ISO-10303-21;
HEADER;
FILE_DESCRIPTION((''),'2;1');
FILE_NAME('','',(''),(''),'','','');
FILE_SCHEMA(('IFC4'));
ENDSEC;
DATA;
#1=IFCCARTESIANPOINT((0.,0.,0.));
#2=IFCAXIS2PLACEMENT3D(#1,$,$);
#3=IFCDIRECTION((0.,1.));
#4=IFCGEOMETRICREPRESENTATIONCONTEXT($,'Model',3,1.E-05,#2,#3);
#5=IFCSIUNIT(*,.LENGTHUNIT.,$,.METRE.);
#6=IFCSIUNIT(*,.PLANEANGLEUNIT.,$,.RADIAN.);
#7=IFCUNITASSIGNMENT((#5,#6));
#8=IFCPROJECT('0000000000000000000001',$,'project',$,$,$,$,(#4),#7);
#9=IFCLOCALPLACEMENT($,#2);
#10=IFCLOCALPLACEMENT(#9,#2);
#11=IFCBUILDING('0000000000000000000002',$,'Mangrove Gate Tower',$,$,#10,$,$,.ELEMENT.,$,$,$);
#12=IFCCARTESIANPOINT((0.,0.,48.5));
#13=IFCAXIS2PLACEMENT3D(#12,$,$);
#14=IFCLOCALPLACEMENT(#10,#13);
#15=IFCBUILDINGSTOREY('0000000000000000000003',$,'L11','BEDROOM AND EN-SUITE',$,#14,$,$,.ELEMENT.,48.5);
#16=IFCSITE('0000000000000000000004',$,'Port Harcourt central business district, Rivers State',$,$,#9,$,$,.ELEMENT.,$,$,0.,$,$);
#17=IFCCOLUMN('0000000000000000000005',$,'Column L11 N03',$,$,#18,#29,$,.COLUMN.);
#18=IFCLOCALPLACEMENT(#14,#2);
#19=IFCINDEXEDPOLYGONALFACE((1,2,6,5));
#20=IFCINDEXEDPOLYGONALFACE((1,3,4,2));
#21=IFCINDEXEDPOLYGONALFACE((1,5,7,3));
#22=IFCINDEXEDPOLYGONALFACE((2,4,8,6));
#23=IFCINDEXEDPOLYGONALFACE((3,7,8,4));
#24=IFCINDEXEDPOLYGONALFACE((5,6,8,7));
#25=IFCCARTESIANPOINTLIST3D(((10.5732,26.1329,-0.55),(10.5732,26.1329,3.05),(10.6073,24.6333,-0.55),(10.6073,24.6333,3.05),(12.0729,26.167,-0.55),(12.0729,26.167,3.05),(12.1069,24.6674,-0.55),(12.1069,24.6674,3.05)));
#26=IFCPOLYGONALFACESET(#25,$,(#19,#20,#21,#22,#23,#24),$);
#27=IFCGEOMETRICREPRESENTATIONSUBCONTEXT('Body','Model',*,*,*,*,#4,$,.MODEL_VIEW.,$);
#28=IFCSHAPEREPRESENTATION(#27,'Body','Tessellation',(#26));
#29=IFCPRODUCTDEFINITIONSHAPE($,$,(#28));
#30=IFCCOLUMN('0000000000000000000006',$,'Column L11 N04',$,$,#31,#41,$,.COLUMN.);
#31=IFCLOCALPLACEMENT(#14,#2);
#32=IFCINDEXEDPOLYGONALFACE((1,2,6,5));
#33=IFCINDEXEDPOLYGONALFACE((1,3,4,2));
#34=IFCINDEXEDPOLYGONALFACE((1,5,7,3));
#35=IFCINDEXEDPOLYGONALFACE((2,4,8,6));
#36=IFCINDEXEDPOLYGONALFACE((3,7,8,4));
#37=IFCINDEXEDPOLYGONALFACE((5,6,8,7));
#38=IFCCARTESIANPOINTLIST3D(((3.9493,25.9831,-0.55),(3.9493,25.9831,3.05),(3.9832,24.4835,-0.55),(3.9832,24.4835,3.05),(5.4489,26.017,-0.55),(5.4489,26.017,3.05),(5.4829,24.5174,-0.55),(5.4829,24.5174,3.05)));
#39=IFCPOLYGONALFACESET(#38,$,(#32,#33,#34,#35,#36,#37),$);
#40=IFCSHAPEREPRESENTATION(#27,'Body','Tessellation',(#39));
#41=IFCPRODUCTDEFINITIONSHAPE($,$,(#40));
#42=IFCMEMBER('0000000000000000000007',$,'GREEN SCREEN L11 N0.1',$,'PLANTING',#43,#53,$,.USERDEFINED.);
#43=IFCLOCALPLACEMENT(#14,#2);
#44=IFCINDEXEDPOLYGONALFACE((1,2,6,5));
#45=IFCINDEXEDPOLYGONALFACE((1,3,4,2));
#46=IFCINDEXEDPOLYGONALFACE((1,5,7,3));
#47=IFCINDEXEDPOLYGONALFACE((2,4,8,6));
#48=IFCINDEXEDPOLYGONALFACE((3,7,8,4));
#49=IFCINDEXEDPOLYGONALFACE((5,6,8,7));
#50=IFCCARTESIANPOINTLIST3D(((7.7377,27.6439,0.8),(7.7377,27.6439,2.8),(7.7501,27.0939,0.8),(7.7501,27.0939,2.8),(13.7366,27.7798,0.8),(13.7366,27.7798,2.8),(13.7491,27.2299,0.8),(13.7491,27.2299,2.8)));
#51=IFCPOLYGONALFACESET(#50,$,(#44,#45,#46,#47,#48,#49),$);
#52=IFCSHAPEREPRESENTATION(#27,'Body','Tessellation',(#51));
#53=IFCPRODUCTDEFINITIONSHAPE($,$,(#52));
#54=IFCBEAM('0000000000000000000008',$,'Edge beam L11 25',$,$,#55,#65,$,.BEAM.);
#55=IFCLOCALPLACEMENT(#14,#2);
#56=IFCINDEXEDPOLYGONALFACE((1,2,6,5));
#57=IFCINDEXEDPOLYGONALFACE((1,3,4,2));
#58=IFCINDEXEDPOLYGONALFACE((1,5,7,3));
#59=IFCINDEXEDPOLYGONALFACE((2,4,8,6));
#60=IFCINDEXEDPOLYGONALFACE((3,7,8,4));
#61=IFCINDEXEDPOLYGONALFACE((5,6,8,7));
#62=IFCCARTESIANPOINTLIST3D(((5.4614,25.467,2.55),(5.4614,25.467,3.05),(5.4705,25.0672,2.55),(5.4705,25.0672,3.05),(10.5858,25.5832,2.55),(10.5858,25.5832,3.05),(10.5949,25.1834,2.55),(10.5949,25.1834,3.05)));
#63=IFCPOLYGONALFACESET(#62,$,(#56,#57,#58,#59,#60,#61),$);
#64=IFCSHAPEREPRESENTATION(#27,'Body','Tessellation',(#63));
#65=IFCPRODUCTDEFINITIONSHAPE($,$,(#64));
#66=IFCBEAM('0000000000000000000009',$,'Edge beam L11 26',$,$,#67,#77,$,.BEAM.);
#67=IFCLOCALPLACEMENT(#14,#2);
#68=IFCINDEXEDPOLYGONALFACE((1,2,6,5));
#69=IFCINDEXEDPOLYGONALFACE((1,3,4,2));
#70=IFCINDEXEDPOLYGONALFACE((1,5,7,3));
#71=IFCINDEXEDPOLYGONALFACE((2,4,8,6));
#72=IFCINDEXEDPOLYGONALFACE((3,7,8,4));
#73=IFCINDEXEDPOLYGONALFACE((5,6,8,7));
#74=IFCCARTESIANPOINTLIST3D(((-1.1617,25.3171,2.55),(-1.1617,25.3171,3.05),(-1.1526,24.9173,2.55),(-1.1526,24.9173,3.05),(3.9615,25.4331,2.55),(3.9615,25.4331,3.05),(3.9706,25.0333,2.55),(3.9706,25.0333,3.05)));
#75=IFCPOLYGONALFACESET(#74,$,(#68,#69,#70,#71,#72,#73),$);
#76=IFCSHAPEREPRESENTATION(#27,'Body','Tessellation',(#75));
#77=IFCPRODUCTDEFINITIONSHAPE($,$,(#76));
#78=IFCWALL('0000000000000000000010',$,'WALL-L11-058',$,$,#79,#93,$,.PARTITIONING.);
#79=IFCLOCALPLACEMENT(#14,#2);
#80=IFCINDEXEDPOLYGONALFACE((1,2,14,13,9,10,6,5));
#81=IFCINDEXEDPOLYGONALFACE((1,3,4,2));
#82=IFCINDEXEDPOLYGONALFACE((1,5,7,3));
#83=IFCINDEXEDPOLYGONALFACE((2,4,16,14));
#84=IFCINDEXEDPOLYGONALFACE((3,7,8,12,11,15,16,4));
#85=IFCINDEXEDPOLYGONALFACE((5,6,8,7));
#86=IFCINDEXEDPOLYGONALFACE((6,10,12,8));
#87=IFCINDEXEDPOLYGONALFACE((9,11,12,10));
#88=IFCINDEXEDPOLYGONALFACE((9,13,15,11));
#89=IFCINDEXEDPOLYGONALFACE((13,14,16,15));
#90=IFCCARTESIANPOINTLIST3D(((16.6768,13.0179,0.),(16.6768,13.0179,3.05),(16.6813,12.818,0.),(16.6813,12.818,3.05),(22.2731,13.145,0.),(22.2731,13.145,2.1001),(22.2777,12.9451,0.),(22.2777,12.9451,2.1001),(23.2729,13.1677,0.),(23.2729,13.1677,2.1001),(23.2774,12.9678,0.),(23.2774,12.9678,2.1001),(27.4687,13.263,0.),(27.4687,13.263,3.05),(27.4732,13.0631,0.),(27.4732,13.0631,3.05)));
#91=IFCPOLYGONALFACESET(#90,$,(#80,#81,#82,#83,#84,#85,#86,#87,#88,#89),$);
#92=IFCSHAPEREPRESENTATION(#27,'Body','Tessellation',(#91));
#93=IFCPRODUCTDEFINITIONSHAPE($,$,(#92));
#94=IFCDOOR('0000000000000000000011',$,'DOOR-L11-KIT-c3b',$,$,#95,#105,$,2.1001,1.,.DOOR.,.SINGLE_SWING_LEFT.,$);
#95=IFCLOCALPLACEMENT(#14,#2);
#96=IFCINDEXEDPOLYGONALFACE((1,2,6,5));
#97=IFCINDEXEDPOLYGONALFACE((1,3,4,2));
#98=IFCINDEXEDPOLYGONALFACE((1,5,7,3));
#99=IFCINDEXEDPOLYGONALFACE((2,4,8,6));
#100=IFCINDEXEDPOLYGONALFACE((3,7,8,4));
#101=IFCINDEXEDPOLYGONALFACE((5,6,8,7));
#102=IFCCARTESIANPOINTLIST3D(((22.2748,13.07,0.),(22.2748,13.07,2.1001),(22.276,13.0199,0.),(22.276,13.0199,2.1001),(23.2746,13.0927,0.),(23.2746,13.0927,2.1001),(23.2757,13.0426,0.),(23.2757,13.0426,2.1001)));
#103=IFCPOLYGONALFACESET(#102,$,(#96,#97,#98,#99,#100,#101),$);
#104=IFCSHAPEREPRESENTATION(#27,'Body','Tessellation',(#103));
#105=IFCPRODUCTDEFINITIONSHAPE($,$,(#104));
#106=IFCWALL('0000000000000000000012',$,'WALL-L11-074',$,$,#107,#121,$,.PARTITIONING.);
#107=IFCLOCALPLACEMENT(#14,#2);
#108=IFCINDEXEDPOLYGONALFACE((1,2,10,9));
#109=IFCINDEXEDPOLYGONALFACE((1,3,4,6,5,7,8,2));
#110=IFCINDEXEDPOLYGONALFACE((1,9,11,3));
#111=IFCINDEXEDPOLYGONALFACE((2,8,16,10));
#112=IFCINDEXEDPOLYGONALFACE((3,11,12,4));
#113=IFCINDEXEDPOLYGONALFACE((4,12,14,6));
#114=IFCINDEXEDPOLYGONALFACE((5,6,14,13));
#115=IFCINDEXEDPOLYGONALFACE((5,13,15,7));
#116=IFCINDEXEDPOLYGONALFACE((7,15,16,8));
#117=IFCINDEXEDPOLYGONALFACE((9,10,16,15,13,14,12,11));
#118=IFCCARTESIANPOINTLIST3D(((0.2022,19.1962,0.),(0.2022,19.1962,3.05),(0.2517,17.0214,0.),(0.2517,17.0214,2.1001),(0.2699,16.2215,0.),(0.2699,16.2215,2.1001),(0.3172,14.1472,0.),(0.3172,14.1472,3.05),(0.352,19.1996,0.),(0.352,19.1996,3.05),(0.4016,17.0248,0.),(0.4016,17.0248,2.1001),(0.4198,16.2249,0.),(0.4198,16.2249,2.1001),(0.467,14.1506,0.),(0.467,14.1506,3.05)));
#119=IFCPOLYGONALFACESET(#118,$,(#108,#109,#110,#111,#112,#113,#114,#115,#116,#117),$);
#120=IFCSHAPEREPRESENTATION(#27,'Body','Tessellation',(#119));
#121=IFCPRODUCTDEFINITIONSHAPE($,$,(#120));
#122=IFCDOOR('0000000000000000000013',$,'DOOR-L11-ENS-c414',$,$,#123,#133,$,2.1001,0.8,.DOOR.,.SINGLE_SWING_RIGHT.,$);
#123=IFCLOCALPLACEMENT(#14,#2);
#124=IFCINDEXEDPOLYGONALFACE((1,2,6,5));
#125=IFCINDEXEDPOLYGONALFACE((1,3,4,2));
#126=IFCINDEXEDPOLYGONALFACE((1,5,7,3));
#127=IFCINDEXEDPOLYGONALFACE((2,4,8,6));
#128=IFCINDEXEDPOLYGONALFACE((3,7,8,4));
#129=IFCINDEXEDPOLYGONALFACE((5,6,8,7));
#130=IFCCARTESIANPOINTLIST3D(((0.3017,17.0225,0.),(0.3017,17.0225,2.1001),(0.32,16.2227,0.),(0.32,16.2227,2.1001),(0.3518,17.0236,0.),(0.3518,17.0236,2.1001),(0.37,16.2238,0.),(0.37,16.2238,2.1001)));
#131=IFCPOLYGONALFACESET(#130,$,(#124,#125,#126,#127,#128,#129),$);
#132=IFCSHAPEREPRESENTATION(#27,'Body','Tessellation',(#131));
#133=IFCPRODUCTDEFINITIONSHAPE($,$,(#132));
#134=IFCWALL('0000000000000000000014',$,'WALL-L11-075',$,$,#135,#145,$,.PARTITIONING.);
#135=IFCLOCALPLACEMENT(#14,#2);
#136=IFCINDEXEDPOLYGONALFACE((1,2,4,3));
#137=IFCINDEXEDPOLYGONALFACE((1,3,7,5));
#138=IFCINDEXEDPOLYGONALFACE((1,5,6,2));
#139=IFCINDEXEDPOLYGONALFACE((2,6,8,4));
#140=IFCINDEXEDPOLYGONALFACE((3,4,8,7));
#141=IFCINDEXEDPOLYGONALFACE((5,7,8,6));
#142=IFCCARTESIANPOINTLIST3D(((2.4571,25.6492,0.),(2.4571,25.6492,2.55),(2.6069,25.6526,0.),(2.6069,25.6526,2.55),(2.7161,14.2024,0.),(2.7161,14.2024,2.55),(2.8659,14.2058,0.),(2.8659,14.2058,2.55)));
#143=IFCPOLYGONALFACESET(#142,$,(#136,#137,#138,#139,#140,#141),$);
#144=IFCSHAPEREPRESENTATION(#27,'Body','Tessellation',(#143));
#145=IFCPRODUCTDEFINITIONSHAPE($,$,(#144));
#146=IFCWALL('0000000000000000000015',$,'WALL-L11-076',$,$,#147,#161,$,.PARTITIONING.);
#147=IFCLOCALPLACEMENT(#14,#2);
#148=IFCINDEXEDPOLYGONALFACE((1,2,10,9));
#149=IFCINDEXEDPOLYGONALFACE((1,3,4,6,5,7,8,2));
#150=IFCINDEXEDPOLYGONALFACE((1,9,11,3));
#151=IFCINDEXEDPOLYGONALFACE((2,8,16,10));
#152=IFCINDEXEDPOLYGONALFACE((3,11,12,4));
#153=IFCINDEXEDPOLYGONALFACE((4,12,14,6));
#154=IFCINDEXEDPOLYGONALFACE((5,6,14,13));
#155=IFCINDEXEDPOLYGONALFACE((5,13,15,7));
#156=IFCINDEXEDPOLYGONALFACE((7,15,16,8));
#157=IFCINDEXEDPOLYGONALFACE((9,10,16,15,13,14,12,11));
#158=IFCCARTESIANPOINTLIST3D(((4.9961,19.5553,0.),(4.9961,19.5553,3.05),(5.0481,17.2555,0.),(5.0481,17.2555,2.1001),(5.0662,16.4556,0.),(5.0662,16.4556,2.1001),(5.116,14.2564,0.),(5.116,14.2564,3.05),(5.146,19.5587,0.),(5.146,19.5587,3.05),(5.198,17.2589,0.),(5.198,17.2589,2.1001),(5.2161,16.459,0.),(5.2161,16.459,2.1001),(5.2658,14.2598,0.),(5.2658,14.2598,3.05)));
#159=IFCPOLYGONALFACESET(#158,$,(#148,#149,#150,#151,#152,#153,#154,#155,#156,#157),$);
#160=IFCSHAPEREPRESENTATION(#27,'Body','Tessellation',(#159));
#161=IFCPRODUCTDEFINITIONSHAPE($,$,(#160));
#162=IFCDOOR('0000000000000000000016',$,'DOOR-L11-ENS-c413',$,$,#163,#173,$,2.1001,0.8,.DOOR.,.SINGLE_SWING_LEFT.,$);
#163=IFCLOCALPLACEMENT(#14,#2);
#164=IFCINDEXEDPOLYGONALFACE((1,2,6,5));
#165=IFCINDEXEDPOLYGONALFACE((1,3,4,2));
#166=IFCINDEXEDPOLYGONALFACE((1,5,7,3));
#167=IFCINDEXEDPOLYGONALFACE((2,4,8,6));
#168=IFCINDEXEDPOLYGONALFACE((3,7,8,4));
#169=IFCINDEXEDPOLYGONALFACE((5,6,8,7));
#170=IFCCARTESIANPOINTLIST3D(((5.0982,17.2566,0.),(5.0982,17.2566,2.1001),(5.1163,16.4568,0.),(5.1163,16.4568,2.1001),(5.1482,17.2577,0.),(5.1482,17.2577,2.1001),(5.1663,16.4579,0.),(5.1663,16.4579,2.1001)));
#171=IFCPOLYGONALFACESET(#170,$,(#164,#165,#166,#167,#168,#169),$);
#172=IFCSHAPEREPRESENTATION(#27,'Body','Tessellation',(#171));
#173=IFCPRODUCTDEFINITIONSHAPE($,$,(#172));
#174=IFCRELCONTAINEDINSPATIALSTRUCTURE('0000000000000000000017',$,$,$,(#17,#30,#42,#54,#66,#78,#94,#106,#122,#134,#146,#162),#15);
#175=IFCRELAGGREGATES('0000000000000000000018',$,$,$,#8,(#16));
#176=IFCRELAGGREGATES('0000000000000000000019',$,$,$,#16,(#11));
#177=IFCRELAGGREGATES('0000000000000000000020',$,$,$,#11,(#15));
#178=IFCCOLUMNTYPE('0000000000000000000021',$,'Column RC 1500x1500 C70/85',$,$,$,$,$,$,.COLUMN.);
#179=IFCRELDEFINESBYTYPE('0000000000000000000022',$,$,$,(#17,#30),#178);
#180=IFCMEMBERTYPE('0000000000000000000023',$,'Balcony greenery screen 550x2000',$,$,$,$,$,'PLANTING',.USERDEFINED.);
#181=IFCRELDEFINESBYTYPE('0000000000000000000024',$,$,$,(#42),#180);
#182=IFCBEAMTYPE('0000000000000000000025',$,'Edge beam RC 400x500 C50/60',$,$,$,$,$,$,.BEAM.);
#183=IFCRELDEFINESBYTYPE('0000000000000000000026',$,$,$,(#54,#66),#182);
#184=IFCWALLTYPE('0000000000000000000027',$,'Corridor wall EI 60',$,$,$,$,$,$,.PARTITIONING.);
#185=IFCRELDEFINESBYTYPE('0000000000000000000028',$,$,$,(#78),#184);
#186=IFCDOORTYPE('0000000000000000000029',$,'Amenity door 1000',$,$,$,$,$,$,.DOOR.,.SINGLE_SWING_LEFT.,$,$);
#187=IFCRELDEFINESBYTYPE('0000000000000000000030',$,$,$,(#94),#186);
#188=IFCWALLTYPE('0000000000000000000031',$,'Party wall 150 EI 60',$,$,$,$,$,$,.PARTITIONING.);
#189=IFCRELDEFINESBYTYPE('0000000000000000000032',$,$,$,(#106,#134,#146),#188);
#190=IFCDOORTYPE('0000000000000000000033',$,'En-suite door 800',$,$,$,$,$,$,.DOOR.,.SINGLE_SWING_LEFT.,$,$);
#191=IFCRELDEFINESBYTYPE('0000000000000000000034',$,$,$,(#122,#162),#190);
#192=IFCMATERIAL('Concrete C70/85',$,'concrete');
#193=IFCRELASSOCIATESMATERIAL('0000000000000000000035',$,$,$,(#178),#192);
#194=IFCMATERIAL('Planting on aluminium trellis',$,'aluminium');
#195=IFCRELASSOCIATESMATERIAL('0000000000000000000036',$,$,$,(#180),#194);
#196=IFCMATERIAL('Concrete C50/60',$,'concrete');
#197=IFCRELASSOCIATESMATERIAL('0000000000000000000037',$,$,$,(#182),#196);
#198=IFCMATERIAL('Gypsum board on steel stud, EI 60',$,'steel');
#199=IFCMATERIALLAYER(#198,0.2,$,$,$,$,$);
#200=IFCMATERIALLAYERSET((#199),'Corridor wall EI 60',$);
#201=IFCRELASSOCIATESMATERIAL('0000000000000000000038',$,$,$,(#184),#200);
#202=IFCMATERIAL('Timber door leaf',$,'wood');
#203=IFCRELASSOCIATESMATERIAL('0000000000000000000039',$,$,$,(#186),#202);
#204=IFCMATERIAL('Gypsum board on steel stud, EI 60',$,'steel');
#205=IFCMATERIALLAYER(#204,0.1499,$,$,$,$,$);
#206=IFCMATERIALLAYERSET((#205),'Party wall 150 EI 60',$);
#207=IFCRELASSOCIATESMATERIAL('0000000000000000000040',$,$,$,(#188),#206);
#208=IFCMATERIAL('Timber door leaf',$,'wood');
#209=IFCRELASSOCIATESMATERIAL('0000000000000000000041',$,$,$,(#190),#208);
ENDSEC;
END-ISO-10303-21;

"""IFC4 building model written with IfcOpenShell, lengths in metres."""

from ifc_helpers import new_model, si_unit, direction, frame, frame_2d, origin, origin_2d, place, context, subcontext, project, spatial, rectangle, extrude, material, layer, layer_set, material_profile, profile_set, type_object, element, fill, save


model = new_model("IFC4")

# Units and contexts
model_context = context("Model", 3, precision=1e-05, world=origin(), true_north=direction((0.0, 1.0)))
body_context = subcontext(model_context, "Body", "Model", "MODEL_VIEW")
ifc_project = project(units=[si_unit("LENGTHUNIT", "METRE"), si_unit("PLANEANGLEUNIT", "RADIAN")], contexts=[model_context])

# Site, building, storey
site_placement = place(None, origin())
site = spatial("IfcSite", under=ifc_project, at=site_placement, Name="Port Harcourt central business district, Rivers State", CompositionType="ELEMENT", RefElevation=0.0)
building_placement = place(site_placement, origin())
building = spatial("IfcBuilding", under=site, at=building_placement, Name="Mangrove Gate Tower", CompositionType="ELEMENT")
storey_placement = place(building_placement, frame((0.0, 0.0, 48.5)))
storey = spatial("IfcBuildingStorey", under=building, at=storey_placement, Name="L11", Description="BEDROOM AND EN-SUITE", CompositionType="ELEMENT", Elevation=48.5)

# Columns
ifc_material_1 = material(Name="Concrete C70/85", Category="concrete")
ifc_material_profile_1 = material_profile(ifc_material_1, rectangle(XDim=1.5, YDim=1.5, at=origin_2d()))
ifc_profile_set_1 = profile_set([ifc_material_profile_1], Name="Concrete C70/85")
column_type = type_object("IfcColumnType", Name="Column RC 1500x1500 C70/85", PredefinedType="COLUMN", material=ifc_profile_set_1)
for number, where, z_axis, x_axis, name in (
    (1, (11.3401, 25.4001, -0.55), (0.0, 0.0, 1.0), (-0.999742, -0.022716, 0.0), "Column L11 N03"),
    (2, (4.7161, 25.2502, -0.55), (0.0, 0.0, 1.0), (-0.999744, -0.022641, 0.0), "Column L11 N04"),
):
    element("IfcColumn", number, at=place(storey_placement, frame(where, z_axis=z_axis, x_axis=x_axis)), inside=storey, type_object=column_type, Name=name, PredefinedType="COLUMN", context=body_context, shape_type="SweptSolid", body=[
        extrude(rectangle(XDim=1.5, YDim=1.5, at=origin_2d()), origin(), (0.0, 0.0, 1.0), 3.6001),
    ])

# Member
ifc_material_2 = material(Name="Planting on aluminium trellis", Category="aluminium")
ifc_material_profile_2 = material_profile(ifc_material_2, rectangle(XDim=0.55, YDim=2.0, at=origin_2d()))
ifc_profile_set_2 = profile_set([ifc_material_profile_2], Name="Planting on aluminium trellis")
member_type = type_object("IfcMemberType", Name="Balcony greenery screen 550x2000", ElementType="PLANTING", PredefinedType="USERDEFINED", material=ifc_profile_set_2)
member_placement = place(storey_placement, frame((7.7439, 27.3689, 1.8), z_axis=(0.999743, 0.022662, 0.0), x_axis=(-0.022662, 0.999743, 0.0)))
element("IfcMember", 3, at=member_placement, inside=storey, type_object=member_type, Name="GREEN SCREEN L11 N0.1", ObjectType="PLANTING", PredefinedType="USERDEFINED", context=body_context, shape_type="SweptSolid", body=[
    extrude(rectangle(XDim=0.55, YDim=2.0, at=origin_2d()), origin(), (0.0, 0.0, 1.0), 6.0005),
])

# Beams
ifc_material_3 = material(Name="Concrete C50/60", Category="concrete")
ifc_material_profile_3 = material_profile(ifc_material_3, rectangle(XDim=0.3999, YDim=0.5, at=origin_2d()))
ifc_profile_set_3 = profile_set([ifc_material_profile_3], Name="Concrete C50/60")
beam_type = type_object("IfcBeamType", Name="Edge beam RC 400x500 C50/60", PredefinedType="BEAM", material=ifc_profile_set_3)
beam_1_placement = place(storey_placement, frame((10.5903, 25.3833, 2.8), z_axis=(-0.999743, -0.022672, 0.0), x_axis=(0.022672, -0.999743, 0.0)))
element("IfcBeam", 4, at=beam_1_placement, inside=storey, type_object=beam_type, Name="Edge beam L11 25", PredefinedType="BEAM", context=body_context, shape_type="SweptSolid", body=[
    extrude(rectangle(XDim=0.3999, YDim=0.5, at=origin_2d()), origin(), (0.0, 0.0, 1.0), 5.1257),
])
beam_2_placement = place(storey_placement, frame((3.9661, 25.2332, 2.8), z_axis=(-0.999744, -0.022629, 0.0), x_axis=(0.022629, -0.999744, 0.0)))
element("IfcBeam", 5, at=beam_2_placement, inside=storey, type_object=beam_type, Name="Edge beam L11 26", PredefinedType="BEAM", context=body_context, shape_type="SweptSolid", body=[
    extrude(rectangle(XDim=0.3999, YDim=0.5, at=origin_2d()), origin(), (0.0, 0.0, 1.0), 5.1245),
])

# Walls, openings, doors
ifc_material_4 = material(Name="Gypsum board on steel stud, EI 60", Category="steel")
ifc_layer_1 = layer(ifc_material_4, 0.2)
ifc_layer_set_1 = layer_set([ifc_layer_1], Name="Corridor wall EI 60")
wall_type_1 = type_object("IfcWallType", Name="Corridor wall EI 60", PredefinedType="PARTITIONING", material=ifc_layer_set_1)
wall_1_placement = place(storey_placement, frame((16.679, 12.918, 0.0), z_axis=(0.0, 0.0, 1.0), x_axis=(0.999742, 0.022707, 0.0)))
wall_1 = element("IfcWall", 6, at=wall_1_placement, inside=storey, type_object=wall_type_1, Name="WALL-L11-058", PredefinedType="PARTITIONING", context=body_context, shape_type="SweptSolid", body=[
    extrude(rectangle(XDim=10.7947, YDim=0.2, at=frame_2d((5.3975, 0.0))), origin(), (0.0, 0.0, 1.0), 3.05),
])
opening_1_placement = place(wall_1_placement, frame((5.5979, 0.0, 0.0)))
opening_1 = element("IfcOpeningElement", 7, at=opening_1_placement, cuts=wall_1, PredefinedType="OPENING", context=body_context, shape_type="SweptSolid", body=[
    extrude(rectangle(XDim=1.0, YDim=2.1001, at=frame_2d((0.5, 1.05))), frame((0.0, 0.1099, 0.0), z_axis=(0.0, -1.0, 0.0), x_axis=(1.0, 0.0, 0.0)), (0.0, 0.0, 1.0), 0.22),
])
ifc_material_5 = material(Name="Timber door leaf", Category="wood")
door_type_1 = type_object("IfcDoorType", Name="Amenity door 1000", OperationType="SINGLE_SWING_LEFT", PredefinedType="DOOR", material=ifc_material_5)
door_1_placement = place(opening_1_placement, origin())
door_1 = element("IfcDoor", 8, at=door_1_placement, inside=storey, type_object=door_type_1, Name="DOOR-L11-KIT-c3b", OperationType="SINGLE_SWING_LEFT", OverallHeight=2.1001, OverallWidth=1.0, PredefinedType="DOOR", context=body_context, shape_type="SweptSolid", body=[
    extrude(rectangle(XDim=1.0, YDim=2.1001, at=frame_2d((0.5, 1.05))), frame((0.0, 0.0249, 0.0), z_axis=(0.0, -1.0, 0.0), x_axis=(1.0, 0.0, 0.0)), (0.0, 0.0, 1.0), 0.05),
])
fill(opening_1, door_1)
ifc_material_6 = material(Name="Gypsum board on steel stud, EI 60", Category="steel")
ifc_layer_2 = layer(ifc_material_6, 0.1499)
ifc_layer_set_2 = layer_set([ifc_layer_2], Name="Party wall 150 EI 60")
wall_type_2 = type_object("IfcWallType", Name="Party wall 150 EI 60", PredefinedType="PARTITIONING", material=ifc_layer_set_2)
wall_2_placement = place(storey_placement, frame((0.3921, 14.1489, 0.0), z_axis=(0.0, 0.0, 1.0), x_axis=(-0.022769, 0.999741, 0.0)))
wall_2 = element("IfcWall", 9, at=wall_2_placement, inside=storey, type_object=wall_type_2, Name="WALL-L11-074", PredefinedType="PARTITIONING", context=body_context, shape_type="SweptSolid", body=[
    extrude(rectangle(XDim=5.0503, YDim=0.1499, at=frame_2d((2.5251, 0.0))), origin(), (0.0, 0.0, 1.0), 3.05),
])
opening_2_placement = place(wall_2_placement, frame((2.075, 0.0, 0.0)))
opening_2 = element("IfcOpeningElement", 10, at=opening_2_placement, cuts=wall_2, PredefinedType="OPENING", context=body_context, shape_type="SweptSolid", body=[
    extrude(rectangle(XDim=0.8, YDim=2.1001, at=frame_2d((0.3999, 1.05))), frame((0.0, 0.085, 0.0), z_axis=(0.0, -1.0, 0.0), x_axis=(1.0, 0.0, 0.0)), (0.0, 0.0, 1.0), 0.1699),
])
ifc_material_7 = material(Name="Timber door leaf", Category="wood")
door_type_2 = type_object("IfcDoorType", Name="En-suite door 800", OperationType="SINGLE_SWING_LEFT", PredefinedType="DOOR", material=ifc_material_7)
door_2_placement = place(opening_2_placement, origin())
door_2 = element("IfcDoor", 11, at=door_2_placement, inside=storey, type_object=door_type_2, Name="DOOR-L11-ENS-c414", OperationType="SINGLE_SWING_RIGHT", OverallHeight=2.1001, OverallWidth=0.8, PredefinedType="DOOR", context=body_context, shape_type="SweptSolid", body=[
    extrude(rectangle(XDim=0.8, YDim=2.1001, at=frame_2d((0.3999, 1.05))), frame((0.0, 0.0249, 0.0), z_axis=(0.0, -1.0, 0.0), x_axis=(1.0, 0.0, 0.0)), (0.0, 0.0, 1.0), 0.05),
])
fill(opening_2, door_2)

# Wall
wall_3_placement = place(storey_placement, frame((2.791, 14.2041, 0.0), z_axis=(0.0, 0.0, 1.0), x_axis=(-0.022624, 0.999744, 0.0)))
element("IfcWall", 12, at=wall_3_placement, inside=storey, type_object=wall_type_2, Name="WALL-L11-075", PredefinedType="PARTITIONING", context=body_context, shape_type="SweptSolid", body=[
    extrude(rectangle(XDim=11.4497, YDim=0.1499, at=frame_2d((5.7249, 0.0))), origin(), (0.0, 0.0, 1.0), 2.55),
])

# Wall, opening, door
wall_4_placement = place(storey_placement, frame((5.1909, 14.2581, 0.0), z_axis=(0.0, 0.0, 1.0), x_axis=(-0.022617, 0.999744, 0.0)))
wall_4 = element("IfcWall", 13, at=wall_4_placement, inside=storey, type_object=wall_type_2, Name="WALL-L11-076", PredefinedType="PARTITIONING", context=body_context, shape_type="SweptSolid", body=[
    extrude(rectangle(XDim=5.3003, YDim=0.1499, at=frame_2d((2.6501, 0.0))), origin(), (0.0, 0.0, 1.0), 3.05),
])
opening_3_placement = place(wall_4_placement, frame((2.2, 0.0, 0.0)))
opening_3 = element("IfcOpeningElement", 14, at=opening_3_placement, cuts=wall_4, PredefinedType="OPENING", context=body_context, shape_type="SweptSolid", body=[
    extrude(rectangle(XDim=0.8, YDim=2.1001, at=frame_2d((0.3999, 1.05))), frame((0.0, 0.085, 0.0), z_axis=(0.0, -1.0, 0.0), x_axis=(1.0, 0.0, 0.0)), (0.0, 0.0, 1.0), 0.1699),
])
door_3_placement = place(opening_3_placement, origin())
door_3 = element("IfcDoor", 15, at=door_3_placement, inside=storey, type_object=door_type_2, Name="DOOR-L11-ENS-c413", OperationType="SINGLE_SWING_LEFT", OverallHeight=2.1001, OverallWidth=0.8, PredefinedType="DOOR", context=body_context, shape_type="SweptSolid", body=[
    extrude(rectangle(XDim=0.8, YDim=2.1001, at=frame_2d((0.3999, 1.05))), frame((0.0, 0.0249, 0.0), z_axis=(0.0, -1.0, 0.0), x_axis=(1.0, 0.0, 0.0)), (0.0, 0.0, 1.0), 0.05),
])
fill(opening_3, door_3)

save(model, "model.ifc")
